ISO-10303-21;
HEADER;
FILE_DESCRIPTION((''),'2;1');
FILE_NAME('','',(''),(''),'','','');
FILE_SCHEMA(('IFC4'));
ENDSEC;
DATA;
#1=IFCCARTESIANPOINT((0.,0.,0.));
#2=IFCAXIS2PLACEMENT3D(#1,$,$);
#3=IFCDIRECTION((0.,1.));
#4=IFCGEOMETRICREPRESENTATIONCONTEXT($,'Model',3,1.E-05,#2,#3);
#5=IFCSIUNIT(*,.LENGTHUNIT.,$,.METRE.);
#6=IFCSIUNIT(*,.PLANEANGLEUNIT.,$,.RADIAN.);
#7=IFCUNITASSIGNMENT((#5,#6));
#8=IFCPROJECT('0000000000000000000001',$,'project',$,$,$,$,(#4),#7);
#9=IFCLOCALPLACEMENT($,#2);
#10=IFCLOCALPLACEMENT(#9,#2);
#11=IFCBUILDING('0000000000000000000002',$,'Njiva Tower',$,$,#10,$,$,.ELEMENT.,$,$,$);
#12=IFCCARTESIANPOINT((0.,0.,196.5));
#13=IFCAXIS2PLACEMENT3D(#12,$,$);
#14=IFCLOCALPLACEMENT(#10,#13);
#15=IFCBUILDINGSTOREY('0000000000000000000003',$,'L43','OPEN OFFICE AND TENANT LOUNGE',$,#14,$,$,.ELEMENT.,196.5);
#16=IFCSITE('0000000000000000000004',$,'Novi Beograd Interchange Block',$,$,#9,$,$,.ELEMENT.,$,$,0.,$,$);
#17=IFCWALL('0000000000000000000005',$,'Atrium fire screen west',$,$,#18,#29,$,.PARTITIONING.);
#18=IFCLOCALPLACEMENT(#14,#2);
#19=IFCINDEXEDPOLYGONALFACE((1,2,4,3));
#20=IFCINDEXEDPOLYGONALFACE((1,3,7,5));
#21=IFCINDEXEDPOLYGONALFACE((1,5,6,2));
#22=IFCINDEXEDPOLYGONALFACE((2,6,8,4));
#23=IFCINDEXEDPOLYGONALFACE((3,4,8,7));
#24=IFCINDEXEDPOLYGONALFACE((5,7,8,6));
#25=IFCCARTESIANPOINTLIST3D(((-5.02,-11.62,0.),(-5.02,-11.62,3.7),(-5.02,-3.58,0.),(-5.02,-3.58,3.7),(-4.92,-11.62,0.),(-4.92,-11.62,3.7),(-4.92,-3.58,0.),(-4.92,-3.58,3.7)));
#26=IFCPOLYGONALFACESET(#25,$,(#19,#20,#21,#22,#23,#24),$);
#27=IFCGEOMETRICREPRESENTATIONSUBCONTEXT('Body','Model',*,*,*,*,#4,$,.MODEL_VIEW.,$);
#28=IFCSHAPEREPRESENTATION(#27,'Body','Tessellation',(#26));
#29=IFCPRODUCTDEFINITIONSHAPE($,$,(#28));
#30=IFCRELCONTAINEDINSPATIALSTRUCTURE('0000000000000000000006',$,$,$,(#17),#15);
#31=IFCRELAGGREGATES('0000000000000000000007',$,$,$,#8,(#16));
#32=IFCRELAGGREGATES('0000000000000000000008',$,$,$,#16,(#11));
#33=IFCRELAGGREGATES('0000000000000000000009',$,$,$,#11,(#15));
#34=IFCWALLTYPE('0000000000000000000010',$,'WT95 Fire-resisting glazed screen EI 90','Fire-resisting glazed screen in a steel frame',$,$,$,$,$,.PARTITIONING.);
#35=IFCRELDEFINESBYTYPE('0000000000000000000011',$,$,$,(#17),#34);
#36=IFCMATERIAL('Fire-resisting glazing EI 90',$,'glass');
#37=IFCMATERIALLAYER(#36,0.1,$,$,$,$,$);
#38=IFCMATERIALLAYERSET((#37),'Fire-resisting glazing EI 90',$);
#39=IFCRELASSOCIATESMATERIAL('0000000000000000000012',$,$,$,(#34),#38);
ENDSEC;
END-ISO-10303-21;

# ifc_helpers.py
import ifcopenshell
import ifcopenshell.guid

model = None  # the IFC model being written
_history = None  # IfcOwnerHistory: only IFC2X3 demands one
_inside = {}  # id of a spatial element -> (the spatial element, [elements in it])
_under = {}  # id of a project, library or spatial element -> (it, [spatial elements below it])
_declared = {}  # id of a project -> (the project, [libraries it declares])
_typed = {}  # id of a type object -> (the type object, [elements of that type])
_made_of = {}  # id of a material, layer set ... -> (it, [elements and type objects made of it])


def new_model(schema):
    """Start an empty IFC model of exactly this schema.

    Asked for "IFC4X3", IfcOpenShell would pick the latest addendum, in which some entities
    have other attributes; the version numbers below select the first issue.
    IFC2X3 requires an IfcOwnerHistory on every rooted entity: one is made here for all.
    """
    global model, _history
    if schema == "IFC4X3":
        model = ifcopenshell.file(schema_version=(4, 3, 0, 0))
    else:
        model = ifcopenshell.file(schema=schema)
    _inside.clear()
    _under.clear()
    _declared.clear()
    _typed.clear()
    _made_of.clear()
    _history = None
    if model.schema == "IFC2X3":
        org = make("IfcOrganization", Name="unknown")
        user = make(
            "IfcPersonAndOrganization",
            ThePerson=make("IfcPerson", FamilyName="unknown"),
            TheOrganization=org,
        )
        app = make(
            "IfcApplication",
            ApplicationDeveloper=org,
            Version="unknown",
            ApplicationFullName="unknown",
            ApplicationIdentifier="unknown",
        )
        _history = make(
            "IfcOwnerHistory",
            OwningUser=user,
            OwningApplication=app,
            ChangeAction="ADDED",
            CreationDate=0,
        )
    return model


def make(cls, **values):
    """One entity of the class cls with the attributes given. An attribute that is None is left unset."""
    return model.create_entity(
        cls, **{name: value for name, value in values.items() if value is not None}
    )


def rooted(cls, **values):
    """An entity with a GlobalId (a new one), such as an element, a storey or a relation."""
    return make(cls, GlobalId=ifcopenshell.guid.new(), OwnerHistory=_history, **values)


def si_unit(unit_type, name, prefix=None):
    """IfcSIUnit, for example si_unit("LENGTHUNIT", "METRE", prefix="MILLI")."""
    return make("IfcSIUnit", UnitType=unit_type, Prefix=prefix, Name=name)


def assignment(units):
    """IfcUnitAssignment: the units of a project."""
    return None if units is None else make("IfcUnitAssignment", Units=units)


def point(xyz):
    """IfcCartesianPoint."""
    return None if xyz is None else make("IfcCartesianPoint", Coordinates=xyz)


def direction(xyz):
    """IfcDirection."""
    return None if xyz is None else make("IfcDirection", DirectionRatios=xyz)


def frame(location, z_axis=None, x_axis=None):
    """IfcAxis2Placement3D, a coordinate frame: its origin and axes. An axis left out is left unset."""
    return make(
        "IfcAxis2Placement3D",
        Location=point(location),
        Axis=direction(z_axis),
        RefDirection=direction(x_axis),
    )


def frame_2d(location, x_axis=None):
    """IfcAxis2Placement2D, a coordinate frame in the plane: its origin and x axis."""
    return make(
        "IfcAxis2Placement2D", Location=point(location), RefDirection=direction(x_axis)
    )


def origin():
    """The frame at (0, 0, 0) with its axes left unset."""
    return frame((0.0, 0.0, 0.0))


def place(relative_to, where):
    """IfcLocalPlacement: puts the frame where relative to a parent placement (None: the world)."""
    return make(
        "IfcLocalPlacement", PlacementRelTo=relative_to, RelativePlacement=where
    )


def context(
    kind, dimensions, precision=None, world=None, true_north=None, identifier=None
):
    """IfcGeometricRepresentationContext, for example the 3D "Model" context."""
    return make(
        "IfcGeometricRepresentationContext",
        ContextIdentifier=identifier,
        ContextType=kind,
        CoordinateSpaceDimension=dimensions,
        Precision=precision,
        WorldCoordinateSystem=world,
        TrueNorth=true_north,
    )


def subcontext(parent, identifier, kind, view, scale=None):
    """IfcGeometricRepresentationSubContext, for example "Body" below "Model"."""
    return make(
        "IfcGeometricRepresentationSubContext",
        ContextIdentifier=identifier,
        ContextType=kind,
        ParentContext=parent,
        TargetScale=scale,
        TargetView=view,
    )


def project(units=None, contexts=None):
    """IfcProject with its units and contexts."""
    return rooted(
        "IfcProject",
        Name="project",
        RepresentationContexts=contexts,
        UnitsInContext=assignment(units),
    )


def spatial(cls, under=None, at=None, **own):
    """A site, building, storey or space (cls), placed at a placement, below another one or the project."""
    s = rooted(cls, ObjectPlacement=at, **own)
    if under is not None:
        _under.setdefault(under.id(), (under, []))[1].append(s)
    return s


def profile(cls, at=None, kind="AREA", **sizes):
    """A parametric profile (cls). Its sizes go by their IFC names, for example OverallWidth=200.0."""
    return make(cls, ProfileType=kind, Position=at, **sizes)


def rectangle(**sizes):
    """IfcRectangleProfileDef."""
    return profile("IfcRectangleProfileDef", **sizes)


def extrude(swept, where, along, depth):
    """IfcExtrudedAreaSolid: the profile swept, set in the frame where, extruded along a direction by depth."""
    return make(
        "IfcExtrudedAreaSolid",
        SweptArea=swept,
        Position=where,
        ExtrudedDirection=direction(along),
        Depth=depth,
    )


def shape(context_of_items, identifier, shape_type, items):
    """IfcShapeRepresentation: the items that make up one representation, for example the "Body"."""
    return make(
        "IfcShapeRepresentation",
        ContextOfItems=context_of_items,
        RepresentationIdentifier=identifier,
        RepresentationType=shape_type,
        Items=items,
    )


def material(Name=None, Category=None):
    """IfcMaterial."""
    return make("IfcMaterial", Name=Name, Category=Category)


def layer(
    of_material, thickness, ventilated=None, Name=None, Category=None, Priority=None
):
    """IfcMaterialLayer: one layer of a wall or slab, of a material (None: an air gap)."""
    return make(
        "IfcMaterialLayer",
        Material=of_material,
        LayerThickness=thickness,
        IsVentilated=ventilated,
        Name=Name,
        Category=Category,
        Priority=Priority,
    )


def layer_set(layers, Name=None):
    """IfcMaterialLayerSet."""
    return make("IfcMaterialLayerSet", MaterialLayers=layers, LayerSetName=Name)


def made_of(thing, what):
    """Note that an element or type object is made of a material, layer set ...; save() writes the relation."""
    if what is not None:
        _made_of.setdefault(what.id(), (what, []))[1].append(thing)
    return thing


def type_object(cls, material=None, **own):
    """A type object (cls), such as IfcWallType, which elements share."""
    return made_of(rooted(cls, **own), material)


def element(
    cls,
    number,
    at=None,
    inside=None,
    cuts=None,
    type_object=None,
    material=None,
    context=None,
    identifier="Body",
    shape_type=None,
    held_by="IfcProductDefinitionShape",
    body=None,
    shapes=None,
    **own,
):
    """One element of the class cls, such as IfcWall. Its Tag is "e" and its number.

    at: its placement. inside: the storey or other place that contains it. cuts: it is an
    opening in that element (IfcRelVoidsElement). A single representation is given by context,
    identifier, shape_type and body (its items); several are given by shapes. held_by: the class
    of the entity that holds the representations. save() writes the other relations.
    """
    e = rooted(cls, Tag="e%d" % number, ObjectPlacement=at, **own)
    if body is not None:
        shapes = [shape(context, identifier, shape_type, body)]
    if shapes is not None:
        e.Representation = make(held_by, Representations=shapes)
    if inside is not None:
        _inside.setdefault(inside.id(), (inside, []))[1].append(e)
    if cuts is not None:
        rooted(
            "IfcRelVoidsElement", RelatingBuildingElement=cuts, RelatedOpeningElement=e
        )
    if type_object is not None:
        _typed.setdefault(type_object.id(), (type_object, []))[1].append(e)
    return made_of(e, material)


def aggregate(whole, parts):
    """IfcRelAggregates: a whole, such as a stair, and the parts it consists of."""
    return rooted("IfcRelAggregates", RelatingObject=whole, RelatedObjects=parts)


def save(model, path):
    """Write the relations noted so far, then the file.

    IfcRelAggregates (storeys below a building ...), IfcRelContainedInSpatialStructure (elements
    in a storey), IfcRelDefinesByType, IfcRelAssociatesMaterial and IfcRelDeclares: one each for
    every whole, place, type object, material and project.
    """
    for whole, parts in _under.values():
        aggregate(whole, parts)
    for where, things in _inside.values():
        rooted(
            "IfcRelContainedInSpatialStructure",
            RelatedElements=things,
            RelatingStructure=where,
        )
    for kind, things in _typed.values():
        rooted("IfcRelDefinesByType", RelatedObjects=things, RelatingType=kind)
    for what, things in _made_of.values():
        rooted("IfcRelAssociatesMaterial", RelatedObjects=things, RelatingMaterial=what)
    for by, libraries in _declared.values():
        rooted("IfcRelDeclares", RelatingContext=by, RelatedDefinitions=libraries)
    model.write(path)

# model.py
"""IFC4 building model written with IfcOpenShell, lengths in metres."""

from ifc_helpers import new_model, si_unit, direction, frame, frame_2d, origin, place, context, subcontext, project, spatial, rectangle, extrude, material, layer, layer_set, type_object, element, save


model = new_model("IFC4")

# Units and contexts
model_context = context("Model", 3, precision=1e-05, world=origin(), true_north=direction((0.0, 1.0)))
body_context = subcontext(model_context, "Body", "Model", "MODEL_VIEW")
ifc_project = project(units=[si_unit("LENGTHUNIT", "METRE"), si_unit("PLANEANGLEUNIT", "RADIAN")], contexts=[model_context])

# Site, building, storey
site_placement = place(None, origin())
site = spatial("IfcSite", under=ifc_project, at=site_placement, Name="Novi Beograd Interchange Block", CompositionType="ELEMENT", RefElevation=0.0)
building_placement = place(site_placement, origin())
building = spatial("IfcBuilding", under=site, at=building_placement, Name="Njiva Tower", CompositionType="ELEMENT")
storey_placement = place(building_placement, frame((0.0, 0.0, 196.5)))
storey = spatial("IfcBuildingStorey", under=building, at=storey_placement, Name="L43", Description="OPEN OFFICE AND TENANT LOUNGE", CompositionType="ELEMENT", Elevation=196.5)

# Wall
ifc_material_1 = material(Name="Fire-resisting glazing EI 90", Category="glass")
ifc_layer_1 = layer(ifc_material_1, 0.1)
ifc_layer_set_1 = layer_set([ifc_layer_1], Name="Fire-resisting glazing EI 90")
wall_type_1 = type_object("IfcWallType", Name="WT95 Fire-resisting glazed screen EI 90", Description="Fire-resisting glazed screen in a steel frame", PredefinedType="PARTITIONING", material=ifc_layer_set_1)
wall_1_placement = place(storey_placement, frame((-4.97, -3.58, 0.0), z_axis=(0.0, 0.0, 1.0), x_axis=(0.0, -1.0, 0.0)))
element("IfcWall", 1, at=wall_1_placement, inside=storey, type_object=wall_type_1, Name="Atrium fire screen west", PredefinedType="PARTITIONING", context=body_context, shape_type="SweptSolid", body=[
    extrude(rectangle(XDim=8.04, YDim=0.1, at=frame_2d((4.02, 0.0))), origin(), (0.0, 0.0, 1.0), 3.7),
])

save(model, "model.ifc")
